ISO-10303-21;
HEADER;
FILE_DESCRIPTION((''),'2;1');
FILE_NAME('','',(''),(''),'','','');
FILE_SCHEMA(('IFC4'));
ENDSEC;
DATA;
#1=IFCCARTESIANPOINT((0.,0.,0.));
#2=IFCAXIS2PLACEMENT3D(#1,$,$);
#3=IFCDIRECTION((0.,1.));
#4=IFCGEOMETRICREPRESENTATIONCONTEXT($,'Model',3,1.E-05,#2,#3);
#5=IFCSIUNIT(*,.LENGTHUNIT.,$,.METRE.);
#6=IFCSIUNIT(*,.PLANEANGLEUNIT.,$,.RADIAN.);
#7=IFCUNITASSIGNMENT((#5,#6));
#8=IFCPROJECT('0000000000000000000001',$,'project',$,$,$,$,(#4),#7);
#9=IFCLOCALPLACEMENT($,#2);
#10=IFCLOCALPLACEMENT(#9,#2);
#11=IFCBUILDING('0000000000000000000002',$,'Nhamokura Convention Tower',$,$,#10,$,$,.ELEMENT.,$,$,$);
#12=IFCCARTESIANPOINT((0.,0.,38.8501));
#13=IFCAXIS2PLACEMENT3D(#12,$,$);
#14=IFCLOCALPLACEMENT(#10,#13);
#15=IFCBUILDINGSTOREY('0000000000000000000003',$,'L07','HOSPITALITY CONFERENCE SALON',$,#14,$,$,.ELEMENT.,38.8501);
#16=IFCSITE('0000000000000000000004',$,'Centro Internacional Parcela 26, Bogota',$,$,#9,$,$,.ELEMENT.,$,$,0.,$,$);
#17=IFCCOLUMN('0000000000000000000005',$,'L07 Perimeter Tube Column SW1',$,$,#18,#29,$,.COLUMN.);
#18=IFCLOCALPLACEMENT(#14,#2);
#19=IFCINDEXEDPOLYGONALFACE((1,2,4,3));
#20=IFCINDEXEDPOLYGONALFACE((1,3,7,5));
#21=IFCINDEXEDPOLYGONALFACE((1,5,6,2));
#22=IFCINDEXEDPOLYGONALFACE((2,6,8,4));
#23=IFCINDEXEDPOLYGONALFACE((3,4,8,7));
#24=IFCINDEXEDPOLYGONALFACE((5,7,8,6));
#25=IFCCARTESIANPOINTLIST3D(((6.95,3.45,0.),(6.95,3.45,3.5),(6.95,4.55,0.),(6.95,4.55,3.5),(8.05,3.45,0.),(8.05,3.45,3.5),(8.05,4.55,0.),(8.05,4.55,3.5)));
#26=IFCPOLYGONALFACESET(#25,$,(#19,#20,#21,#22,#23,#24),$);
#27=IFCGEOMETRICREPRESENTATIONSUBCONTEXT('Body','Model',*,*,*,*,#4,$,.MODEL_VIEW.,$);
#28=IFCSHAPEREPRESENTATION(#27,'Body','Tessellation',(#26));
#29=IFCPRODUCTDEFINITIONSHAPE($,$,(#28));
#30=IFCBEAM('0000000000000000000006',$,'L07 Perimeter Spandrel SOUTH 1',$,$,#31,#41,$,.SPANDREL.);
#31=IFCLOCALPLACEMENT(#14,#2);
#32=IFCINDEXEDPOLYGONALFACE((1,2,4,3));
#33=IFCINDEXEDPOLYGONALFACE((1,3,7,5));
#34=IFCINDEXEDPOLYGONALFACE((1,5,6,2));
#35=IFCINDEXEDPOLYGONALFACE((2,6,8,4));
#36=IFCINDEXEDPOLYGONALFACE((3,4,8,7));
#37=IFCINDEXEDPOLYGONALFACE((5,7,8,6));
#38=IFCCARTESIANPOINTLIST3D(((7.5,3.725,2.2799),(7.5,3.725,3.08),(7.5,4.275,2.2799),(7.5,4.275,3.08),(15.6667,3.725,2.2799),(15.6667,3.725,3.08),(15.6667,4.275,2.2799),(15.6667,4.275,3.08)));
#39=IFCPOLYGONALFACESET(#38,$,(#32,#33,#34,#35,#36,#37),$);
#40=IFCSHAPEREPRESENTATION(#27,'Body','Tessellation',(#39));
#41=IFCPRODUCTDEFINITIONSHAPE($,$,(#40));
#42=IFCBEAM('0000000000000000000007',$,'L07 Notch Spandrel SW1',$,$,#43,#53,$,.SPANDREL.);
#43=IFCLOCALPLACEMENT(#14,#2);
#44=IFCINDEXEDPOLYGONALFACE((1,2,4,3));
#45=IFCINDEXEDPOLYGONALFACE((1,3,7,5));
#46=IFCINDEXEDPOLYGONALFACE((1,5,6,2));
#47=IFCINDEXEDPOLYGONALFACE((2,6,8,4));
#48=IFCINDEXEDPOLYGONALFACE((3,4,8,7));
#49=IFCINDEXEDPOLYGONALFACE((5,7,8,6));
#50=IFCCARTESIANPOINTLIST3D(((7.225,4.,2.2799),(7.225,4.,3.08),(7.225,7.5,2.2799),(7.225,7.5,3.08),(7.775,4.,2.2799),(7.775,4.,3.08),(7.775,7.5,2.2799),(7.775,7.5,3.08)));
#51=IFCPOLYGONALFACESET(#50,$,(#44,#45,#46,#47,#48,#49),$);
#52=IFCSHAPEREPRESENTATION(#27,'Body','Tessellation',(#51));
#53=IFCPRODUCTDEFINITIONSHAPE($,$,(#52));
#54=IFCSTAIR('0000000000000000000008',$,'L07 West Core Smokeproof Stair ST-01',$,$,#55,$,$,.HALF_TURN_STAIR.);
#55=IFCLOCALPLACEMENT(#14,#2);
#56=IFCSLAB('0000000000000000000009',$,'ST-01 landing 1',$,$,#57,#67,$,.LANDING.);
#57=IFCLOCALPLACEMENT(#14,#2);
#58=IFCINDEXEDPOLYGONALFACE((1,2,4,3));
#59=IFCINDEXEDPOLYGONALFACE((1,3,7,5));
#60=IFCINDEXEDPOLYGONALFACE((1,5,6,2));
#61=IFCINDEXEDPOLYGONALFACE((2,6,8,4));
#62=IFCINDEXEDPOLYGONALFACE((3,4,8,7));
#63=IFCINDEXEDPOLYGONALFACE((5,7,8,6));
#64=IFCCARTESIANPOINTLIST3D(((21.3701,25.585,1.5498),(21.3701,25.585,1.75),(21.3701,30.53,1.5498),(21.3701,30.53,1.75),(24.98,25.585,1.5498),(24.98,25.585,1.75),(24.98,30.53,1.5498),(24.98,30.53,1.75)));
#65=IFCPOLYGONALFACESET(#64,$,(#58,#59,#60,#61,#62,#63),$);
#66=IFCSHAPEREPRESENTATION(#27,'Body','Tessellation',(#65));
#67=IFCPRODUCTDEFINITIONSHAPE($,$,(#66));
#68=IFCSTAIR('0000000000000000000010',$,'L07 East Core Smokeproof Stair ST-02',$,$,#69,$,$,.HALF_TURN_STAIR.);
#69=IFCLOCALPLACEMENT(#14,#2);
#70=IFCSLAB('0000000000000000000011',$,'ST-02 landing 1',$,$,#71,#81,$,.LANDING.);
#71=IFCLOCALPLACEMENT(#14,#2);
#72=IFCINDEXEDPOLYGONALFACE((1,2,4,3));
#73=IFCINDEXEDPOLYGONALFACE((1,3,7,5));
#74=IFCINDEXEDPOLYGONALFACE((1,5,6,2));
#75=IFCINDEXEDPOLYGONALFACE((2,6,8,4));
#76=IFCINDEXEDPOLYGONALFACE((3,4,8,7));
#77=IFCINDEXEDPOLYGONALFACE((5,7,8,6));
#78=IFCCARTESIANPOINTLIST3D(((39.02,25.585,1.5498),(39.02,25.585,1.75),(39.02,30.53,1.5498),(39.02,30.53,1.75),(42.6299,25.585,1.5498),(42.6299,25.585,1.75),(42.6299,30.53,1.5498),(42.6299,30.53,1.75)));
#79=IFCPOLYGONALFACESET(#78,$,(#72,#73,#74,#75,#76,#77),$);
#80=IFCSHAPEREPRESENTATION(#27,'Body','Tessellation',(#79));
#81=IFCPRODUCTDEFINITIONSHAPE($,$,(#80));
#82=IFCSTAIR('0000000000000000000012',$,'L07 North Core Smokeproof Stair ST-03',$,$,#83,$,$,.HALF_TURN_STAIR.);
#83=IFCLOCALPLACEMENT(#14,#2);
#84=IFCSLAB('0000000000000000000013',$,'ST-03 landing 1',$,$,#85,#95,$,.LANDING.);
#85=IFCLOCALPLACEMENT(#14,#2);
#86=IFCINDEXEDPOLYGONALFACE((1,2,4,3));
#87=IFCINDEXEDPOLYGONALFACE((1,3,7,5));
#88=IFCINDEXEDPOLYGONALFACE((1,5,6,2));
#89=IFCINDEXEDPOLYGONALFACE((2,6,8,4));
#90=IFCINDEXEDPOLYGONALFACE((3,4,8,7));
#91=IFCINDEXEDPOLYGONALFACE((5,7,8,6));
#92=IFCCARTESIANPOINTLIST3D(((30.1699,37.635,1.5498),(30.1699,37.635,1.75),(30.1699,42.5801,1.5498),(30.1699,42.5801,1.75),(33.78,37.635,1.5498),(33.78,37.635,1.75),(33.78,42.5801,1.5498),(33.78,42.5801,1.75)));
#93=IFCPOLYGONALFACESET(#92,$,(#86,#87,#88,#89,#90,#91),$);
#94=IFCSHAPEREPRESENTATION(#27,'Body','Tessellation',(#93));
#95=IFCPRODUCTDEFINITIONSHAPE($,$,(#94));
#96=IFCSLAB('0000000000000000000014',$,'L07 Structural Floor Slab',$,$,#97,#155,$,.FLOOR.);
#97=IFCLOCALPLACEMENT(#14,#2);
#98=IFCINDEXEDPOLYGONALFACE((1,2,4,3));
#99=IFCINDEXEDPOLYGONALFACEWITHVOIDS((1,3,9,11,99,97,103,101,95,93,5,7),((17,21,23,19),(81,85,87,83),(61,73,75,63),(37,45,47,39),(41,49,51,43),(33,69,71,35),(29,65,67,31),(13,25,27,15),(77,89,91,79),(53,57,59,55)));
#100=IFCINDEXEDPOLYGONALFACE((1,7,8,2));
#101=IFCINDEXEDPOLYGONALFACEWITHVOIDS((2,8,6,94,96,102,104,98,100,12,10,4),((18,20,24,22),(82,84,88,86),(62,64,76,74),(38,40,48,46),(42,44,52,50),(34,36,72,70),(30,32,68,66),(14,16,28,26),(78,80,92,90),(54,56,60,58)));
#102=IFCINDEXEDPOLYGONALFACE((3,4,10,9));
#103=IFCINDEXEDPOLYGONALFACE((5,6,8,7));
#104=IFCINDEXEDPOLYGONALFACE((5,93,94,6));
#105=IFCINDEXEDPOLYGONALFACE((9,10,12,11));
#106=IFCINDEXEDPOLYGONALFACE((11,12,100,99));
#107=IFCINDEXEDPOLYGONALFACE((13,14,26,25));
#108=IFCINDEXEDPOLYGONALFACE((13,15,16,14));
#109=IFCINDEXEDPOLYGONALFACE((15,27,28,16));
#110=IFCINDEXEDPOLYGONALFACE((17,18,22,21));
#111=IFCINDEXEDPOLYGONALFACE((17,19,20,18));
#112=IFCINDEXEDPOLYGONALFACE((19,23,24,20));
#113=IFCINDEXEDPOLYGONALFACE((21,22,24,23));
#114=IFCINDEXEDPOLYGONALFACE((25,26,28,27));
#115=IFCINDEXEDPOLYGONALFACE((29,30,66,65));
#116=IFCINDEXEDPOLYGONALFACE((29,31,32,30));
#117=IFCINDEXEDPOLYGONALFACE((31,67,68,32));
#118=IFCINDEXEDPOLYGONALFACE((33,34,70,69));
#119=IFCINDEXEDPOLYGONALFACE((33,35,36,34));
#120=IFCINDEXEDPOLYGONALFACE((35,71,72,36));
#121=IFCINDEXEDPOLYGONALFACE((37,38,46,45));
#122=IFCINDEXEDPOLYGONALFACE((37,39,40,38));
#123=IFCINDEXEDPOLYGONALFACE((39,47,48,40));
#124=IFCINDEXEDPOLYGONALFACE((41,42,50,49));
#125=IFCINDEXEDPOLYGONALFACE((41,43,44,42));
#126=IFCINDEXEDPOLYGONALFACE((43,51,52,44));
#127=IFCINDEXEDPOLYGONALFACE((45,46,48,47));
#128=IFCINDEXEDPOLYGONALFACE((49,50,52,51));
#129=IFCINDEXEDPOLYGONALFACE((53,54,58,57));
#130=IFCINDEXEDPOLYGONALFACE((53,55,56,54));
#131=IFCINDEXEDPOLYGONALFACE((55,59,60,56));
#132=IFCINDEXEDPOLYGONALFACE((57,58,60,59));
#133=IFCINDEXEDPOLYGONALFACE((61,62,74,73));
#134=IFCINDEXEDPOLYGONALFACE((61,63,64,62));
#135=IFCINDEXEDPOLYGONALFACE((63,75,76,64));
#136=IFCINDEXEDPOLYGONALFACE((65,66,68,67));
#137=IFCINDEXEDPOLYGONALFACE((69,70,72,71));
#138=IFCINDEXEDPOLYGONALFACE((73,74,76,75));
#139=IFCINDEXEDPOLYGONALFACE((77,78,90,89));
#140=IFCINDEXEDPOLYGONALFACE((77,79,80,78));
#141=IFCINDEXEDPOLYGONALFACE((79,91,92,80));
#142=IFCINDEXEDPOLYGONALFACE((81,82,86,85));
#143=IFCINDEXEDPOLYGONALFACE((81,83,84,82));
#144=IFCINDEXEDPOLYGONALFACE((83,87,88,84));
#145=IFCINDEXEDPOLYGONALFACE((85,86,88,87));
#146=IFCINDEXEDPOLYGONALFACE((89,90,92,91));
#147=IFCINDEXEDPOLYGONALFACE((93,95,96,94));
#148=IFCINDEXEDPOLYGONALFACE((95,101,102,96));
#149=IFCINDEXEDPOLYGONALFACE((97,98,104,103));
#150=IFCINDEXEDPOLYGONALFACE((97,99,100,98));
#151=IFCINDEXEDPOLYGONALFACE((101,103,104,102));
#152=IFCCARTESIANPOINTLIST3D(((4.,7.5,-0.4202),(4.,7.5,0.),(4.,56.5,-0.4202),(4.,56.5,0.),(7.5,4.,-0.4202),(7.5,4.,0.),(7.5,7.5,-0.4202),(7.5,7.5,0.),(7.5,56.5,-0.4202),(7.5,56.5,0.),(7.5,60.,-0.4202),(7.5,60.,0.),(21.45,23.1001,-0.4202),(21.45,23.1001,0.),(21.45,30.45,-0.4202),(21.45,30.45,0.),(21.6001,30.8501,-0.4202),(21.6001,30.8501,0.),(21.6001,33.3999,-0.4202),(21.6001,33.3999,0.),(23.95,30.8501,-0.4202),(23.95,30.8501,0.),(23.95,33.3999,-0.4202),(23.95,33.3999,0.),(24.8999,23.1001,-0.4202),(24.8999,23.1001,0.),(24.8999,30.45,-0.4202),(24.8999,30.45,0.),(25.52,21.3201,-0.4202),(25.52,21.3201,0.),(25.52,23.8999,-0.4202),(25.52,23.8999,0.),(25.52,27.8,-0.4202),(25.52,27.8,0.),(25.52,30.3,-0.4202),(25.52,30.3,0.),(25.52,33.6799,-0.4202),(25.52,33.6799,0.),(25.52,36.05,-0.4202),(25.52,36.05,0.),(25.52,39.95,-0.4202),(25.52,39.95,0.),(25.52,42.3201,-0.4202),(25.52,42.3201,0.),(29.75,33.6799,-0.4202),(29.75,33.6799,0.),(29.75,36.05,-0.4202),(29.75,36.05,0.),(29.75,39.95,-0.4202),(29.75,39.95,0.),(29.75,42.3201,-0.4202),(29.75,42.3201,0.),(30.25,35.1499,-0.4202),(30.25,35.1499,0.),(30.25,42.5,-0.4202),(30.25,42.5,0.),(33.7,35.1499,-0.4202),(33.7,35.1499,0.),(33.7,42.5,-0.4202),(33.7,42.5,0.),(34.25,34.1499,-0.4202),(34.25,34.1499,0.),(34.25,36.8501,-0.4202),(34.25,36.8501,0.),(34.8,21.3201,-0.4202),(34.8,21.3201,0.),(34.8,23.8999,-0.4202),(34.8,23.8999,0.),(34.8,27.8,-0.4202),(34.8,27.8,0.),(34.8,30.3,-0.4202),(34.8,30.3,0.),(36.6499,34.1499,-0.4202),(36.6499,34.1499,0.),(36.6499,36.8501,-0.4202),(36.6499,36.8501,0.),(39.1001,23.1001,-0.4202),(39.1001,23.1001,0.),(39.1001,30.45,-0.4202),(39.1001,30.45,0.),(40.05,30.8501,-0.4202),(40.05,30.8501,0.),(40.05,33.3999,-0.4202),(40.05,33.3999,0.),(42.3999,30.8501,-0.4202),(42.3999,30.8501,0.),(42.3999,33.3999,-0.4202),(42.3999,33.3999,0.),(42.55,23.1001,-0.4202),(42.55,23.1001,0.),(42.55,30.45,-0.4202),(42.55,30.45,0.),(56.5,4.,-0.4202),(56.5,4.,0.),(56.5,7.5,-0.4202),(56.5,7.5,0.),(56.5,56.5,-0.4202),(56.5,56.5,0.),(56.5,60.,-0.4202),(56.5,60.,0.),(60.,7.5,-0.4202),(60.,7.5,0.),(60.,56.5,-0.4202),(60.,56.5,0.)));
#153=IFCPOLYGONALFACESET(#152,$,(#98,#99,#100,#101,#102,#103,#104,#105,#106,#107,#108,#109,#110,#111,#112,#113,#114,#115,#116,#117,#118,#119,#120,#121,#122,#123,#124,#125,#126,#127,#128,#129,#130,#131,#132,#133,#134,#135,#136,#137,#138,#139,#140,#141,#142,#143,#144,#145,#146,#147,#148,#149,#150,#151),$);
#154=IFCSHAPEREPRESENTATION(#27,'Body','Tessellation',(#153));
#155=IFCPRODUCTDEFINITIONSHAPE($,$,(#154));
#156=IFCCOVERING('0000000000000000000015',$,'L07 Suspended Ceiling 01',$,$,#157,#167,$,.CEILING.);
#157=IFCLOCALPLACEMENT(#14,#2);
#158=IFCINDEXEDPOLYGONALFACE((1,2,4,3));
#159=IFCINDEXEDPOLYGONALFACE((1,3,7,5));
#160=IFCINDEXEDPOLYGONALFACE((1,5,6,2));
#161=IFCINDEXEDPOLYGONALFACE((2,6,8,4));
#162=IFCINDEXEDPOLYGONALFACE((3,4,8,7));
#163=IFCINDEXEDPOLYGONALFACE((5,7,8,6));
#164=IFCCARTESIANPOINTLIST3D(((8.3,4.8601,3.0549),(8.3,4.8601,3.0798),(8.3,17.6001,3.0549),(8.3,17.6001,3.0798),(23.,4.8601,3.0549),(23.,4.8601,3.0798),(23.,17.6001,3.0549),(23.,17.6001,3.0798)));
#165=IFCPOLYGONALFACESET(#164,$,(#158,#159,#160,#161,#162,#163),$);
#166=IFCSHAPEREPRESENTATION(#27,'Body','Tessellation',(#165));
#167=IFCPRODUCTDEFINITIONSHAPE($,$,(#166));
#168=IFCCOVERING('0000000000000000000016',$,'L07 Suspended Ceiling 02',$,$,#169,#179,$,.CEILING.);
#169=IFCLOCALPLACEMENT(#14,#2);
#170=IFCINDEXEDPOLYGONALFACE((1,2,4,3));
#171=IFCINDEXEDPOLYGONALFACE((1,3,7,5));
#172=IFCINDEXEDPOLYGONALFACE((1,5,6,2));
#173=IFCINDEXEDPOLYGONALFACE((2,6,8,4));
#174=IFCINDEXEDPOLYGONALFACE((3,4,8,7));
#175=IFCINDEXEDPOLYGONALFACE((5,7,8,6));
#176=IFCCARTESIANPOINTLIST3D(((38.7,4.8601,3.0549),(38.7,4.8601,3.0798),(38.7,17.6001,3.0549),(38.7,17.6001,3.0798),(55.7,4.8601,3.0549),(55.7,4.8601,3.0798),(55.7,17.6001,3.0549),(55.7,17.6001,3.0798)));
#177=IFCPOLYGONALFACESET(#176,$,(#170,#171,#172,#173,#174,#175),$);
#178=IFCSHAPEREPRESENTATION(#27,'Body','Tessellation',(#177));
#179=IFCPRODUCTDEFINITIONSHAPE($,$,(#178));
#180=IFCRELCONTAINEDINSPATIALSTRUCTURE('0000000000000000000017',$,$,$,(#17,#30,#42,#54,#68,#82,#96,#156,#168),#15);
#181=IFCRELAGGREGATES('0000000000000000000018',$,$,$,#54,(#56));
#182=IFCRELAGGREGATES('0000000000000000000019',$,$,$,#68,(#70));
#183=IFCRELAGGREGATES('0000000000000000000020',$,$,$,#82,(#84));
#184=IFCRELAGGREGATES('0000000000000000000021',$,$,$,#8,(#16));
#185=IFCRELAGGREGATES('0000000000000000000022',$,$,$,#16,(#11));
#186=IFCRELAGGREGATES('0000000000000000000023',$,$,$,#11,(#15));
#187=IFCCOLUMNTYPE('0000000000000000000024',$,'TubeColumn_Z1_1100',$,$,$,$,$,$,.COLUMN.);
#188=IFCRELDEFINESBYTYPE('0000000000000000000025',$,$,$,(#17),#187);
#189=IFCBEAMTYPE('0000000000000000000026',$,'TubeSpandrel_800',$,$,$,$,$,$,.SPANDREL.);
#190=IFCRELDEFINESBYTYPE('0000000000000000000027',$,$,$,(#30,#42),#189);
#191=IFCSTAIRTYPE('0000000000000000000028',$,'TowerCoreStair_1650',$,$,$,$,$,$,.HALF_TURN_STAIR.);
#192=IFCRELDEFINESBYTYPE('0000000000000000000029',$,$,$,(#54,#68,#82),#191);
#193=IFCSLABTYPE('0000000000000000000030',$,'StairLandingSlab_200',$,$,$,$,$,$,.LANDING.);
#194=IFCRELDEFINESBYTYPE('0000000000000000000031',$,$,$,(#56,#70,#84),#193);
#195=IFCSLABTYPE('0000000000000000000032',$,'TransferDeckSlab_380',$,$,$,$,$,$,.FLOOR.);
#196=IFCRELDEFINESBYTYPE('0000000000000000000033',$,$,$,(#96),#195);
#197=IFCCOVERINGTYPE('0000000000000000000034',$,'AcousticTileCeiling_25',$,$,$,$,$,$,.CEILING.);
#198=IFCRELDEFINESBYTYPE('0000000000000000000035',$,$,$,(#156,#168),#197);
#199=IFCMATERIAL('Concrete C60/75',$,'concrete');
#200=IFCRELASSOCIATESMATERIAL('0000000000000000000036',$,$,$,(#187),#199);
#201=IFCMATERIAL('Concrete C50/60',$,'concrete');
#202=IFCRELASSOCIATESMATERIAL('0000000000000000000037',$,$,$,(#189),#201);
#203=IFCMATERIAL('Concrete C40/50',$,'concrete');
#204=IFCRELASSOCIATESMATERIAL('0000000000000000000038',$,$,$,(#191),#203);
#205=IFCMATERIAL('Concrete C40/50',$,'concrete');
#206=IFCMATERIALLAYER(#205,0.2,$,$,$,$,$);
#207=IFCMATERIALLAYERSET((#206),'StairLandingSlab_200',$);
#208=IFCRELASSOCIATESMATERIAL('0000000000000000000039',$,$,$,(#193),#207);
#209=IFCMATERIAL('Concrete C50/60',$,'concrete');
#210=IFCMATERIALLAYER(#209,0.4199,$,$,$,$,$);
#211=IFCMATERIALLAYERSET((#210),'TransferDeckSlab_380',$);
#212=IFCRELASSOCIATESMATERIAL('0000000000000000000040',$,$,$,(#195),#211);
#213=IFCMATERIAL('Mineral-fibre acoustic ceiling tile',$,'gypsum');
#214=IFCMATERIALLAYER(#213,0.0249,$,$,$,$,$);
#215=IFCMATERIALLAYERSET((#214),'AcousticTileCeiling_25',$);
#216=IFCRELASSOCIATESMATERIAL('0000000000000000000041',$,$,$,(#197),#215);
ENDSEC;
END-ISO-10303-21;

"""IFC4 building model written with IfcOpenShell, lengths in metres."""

from ifc_helpers import new_model, si_unit, direction, frame, origin, origin_2d, place, context, subcontext, project, spatial, polyline, rectangle, outline, extrude, material, layer, layer_set, material_profile, profile_set, type_object, element, aggregate, save


model = new_model("IFC4")

# Units and contexts
model_context = context("Model", 3, precision=1e-05, world=origin(), true_north=direction((0.0, 1.0)))
body_context = subcontext(model_context, "Body", "Model", "MODEL_VIEW")
ifc_project = project(units=[si_unit("LENGTHUNIT", "METRE"), si_unit("PLANEANGLEUNIT", "RADIAN")], contexts=[model_context])

# Site, building, storey
site_placement = place(None, origin())
site = spatial("IfcSite", under=ifc_project, at=site_placement, Name="Centro Internacional Parcela 26, Bogota", CompositionType="ELEMENT", RefElevation=0.0)
building_placement = place(site_placement, origin())
building = spatial("IfcBuilding", under=site, at=building_placement, Name="Nhamokura Convention Tower", CompositionType="ELEMENT")
storey_placement = place(building_placement, frame((0.0, 0.0, 38.8501)))
storey = spatial("IfcBuildingStorey", under=building, at=storey_placement, Name="L07", Description="HOSPITALITY CONFERENCE SALON", CompositionType="ELEMENT", Elevation=38.8501)

# Column
ifc_material_1 = material(Name="Concrete C60/75", Category="concrete")
ifc_material_profile_1 = material_profile(ifc_material_1, rectangle(XDim=1.1001, YDim=1.1001, at=origin_2d()))
ifc_profile_set_1 = profile_set([ifc_material_profile_1], Name="Concrete C60/75")
column_type = type_object("IfcColumnType", Name="TubeColumn_Z1_1100", PredefinedType="COLUMN", material=ifc_profile_set_1)
column_placement = place(storey_placement, frame((7.5, 4.0, 0.0), z_axis=(0.0, 0.0, 1.0), x_axis=(1.0, 0.0, 0.0)))
element("IfcColumn", 1, at=column_placement, inside=storey, type_object=column_type, Name="L07 Perimeter Tube Column SW1", PredefinedType="COLUMN", context=body_context, shape_type="SweptSolid", body=[
    extrude(rectangle(XDim=1.1001, YDim=1.1001, at=origin_2d()), origin(), (0.0, 0.0, 1.0), 3.5),
])

# Beams
ifc_material_2 = material(Name="Concrete C50/60", Category="concrete")
ifc_material_profile_2 = material_profile(ifc_material_2, rectangle(XDim=0.55, YDim=0.8, at=origin_2d()))
ifc_profile_set_2 = profile_set([ifc_material_profile_2], Name="Concrete C50/60")
beam_type = type_object("IfcBeamType", Name="TubeSpandrel_800", PredefinedType="SPANDREL", material=ifc_profile_set_2)
beam_1_placement = place(storey_placement, frame((7.5, 4.0, 2.6799), z_axis=(1.0, 0.0, 0.0), x_axis=(0.0, 1.0, 0.0)))
element("IfcBeam", 2, at=beam_1_placement, inside=storey, type_object=beam_type, Name="L07 Perimeter Spandrel SOUTH 1", PredefinedType="SPANDREL", context=body_context, shape_type="SweptSolid", body=[
    extrude(rectangle(XDim=0.55, YDim=0.8, at=origin_2d()), origin(), (0.0, 0.0, 1.0), 8.1667),
])
beam_2_placement = place(storey_placement, frame((7.5, 4.0, 2.6799), z_axis=(0.0, 1.0, 0.0), x_axis=(-1.0, 0.0, 0.0)))
element("IfcBeam", 3, at=beam_2_placement, inside=storey, type_object=beam_type, Name="L07 Notch Spandrel SW1", PredefinedType="SPANDREL", context=body_context, shape_type="SweptSolid", body=[
    extrude(rectangle(XDim=0.55, YDim=0.8, at=origin_2d()), origin(), (0.0, 0.0, 1.0), 3.5),
])

# Stairs, slabs
ifc_material_3 = material(Name="Concrete C40/50", Category="concrete")
stair_type = type_object("IfcStairType", Name="TowerCoreStair_1650", PredefinedType="HALF_TURN_STAIR", material=ifc_material_3)
stair_1_placement = place(storey_placement, origin())
stair_1 = element("IfcStair", 4, at=stair_1_placement, inside=storey, type_object=stair_type, Name="L07 West Core Smokeproof Stair ST-01", PredefinedType="HALF_TURN_STAIR")
ifc_material_4 = material(Name="Concrete C40/50", Category="concrete")
ifc_layer_1 = layer(ifc_material_4, 0.2)
ifc_layer_set_1 = layer_set([ifc_layer_1], Name="StairLandingSlab_200")
slab_type_1 = type_object("IfcSlabType", Name="StairLandingSlab_200", PredefinedType="LANDING", material=ifc_layer_set_1)
slab_1_placement = place(storey_placement, frame((0.0, 0.0, 1.5498)))
slab_1 = element("IfcSlab", 5, at=slab_1_placement, type_object=slab_type_1, Name="ST-01 landing 1", PredefinedType="LANDING", context=body_context, shape_type="SweptSolid", body=[
    extrude(outline(polyline([(24.98, 25.585), (24.98, 30.53), (21.3701, 30.53), (21.3701, 25.585), (24.98, 25.585)])), origin(), (0.0, 0.0, 1.0), 0.2002),
])
aggregate(stair_1, [slab_1])
stair_2_placement = place(storey_placement, origin())
stair_2 = element("IfcStair", 6, at=stair_2_placement, inside=storey, type_object=stair_type, Name="L07 East Core Smokeproof Stair ST-02", PredefinedType="HALF_TURN_STAIR")
slab_2_placement = place(storey_placement, frame((0.0, 0.0, 1.5498)))
slab_2 = element("IfcSlab", 7, at=slab_2_placement, type_object=slab_type_1, Name="ST-02 landing 1", PredefinedType="LANDING", context=body_context, shape_type="SweptSolid", body=[
    extrude(outline(polyline([(42.6299, 25.585), (42.6299, 30.53), (39.02, 30.53), (39.02, 25.585), (42.6299, 25.585)])), origin(), (0.0, 0.0, 1.0), 0.2002),
])
aggregate(stair_2, [slab_2])
stair_3_placement = place(storey_placement, origin())
stair_3 = element("IfcStair", 8, at=stair_3_placement, inside=storey, type_object=stair_type, Name="L07 North Core Smokeproof Stair ST-03", PredefinedType="HALF_TURN_STAIR")
slab_3_placement = place(storey_placement, frame((0.0, 0.0, 1.5498)))
slab_3 = element("IfcSlab", 9, at=slab_3_placement, type_object=slab_type_1, Name="ST-03 landing 1", PredefinedType="LANDING", context=body_context, shape_type="SweptSolid", body=[
    extrude(outline(polyline([(33.78, 37.635), (33.78, 42.5801), (30.1699, 42.5801), (30.1699, 37.635), (33.78, 37.635)])), origin(), (0.0, 0.0, 1.0), 0.2002),
])
aggregate(stair_3, [slab_3])

# Slab
ifc_material_5 = material(Name="Concrete C50/60", Category="concrete")
ifc_layer_2 = layer(ifc_material_5, 0.4199)
ifc_layer_set_2 = layer_set([ifc_layer_2], Name="TransferDeckSlab_380")
slab_type_2 = type_object("IfcSlabType", Name="TransferDeckSlab_380", PredefinedType="FLOOR", material=ifc_layer_set_2)
slab_4_placement = place(storey_placement, frame((0.0, 0.0, -0.4202)))
element("IfcSlab", 10, at=slab_4_placement, inside=storey, type_object=slab_type_2, Name="L07 Structural Floor Slab", PredefinedType="FLOOR", context=body_context, shape_type="SweptSolid", body=[
    extrude(outline(polyline([(7.5, 4.0), (56.5, 4.0), (56.5, 7.5), (60.0, 7.5), (60.0, 56.5), (56.5, 56.5), (56.5, 60.0), (7.5, 60.0), (7.5, 56.5), (4.0, 56.5), (4.0, 7.5), (7.5, 7.5), (7.5, 4.0)]), holes=[polyline([(24.8999, 23.1001), (24.8999, 30.45), (21.45, 30.45), (21.45, 23.1001), (24.8999, 23.1001)]), polyline([(42.55, 23.1001), (42.55, 30.45), (39.1001, 30.45), (39.1001, 23.1001), (42.55, 23.1001)]), polyline([(33.7, 35.1499), (33.7, 42.5), (30.25, 42.5), (30.25, 35.1499), (33.7, 35.1499)]), polyline([(21.6001, 30.8501), (23.95, 30.8501), (23.95, 33.3999), (21.6001, 33.3999), (21.6001, 30.8501)]), polyline([(40.05, 30.8501), (42.3999, 30.8501), (42.3999, 33.3999), (40.05, 33.3999), (40.05, 30.8501)]), polyline([(34.25, 34.1499), (36.6499, 34.1499), (36.6499, 36.8501), (34.25, 36.8501), (34.25, 34.1499)]), polyline([(25.52, 21.3201), (34.8, 21.3201), (34.8, 23.8999), (25.52, 23.8999), (25.52, 21.3201)]), polyline([(25.52, 27.8), (34.8, 27.8), (34.8, 30.3), (25.52, 30.3), (25.52, 27.8)]), polyline([(25.52, 33.6799), (29.75, 33.6799), (29.75, 36.05), (25.52, 36.05), (25.52, 33.6799)]), polyline([(25.52, 39.95), (29.75, 39.95), (29.75, 42.3201), (25.52, 42.3201), (25.52, 39.95)])]), origin(), (0.0, 0.0, 1.0), 0.4202),
])

# Coverings
ifc_material_6 = material(Name="Mineral-fibre acoustic ceiling tile", Category="gypsum")
ifc_layer_3 = layer(ifc_material_6, 0.0249)
ifc_layer_set_3 = layer_set([ifc_layer_3], Name="AcousticTileCeiling_25")
covering_type_1 = type_object("IfcCoveringType", Name="AcousticTileCeiling_25", PredefinedType="CEILING", material=ifc_layer_set_3)
covering_1_placement = place(storey_placement, frame((0.0, 0.0, 3.0549)))
element("IfcCovering", 11, at=covering_1_placement, inside=storey, type_object=covering_type_1, Name="L07 Suspended Ceiling 01", PredefinedType="CEILING", context=body_context, shape_type="SweptSolid", body=[
    extrude(outline(polyline([(8.3, 4.8601), (23.0, 4.8601), (23.0, 17.6001), (8.3, 17.6001), (8.3, 4.8601)])), origin(), (0.0, 0.0, 1.0), 0.0249),
])
covering_2_placement = place(storey_placement, frame((0.0, 0.0, 3.0549)))
element("IfcCovering", 12, at=covering_2_placement, inside=storey, type_object=covering_type_1, Name="L07 Suspended Ceiling 02", PredefinedType="CEILING", context=body_context, shape_type="SweptSolid", body=[
    extrude(outline(polyline([(38.7, 4.8601), (55.7, 4.8601), (55.7, 17.6001), (38.7, 17.6001), (38.7, 4.8601)])), origin(), (0.0, 0.0, 1.0), 0.0249),
])

save(model, "model.ifc")
